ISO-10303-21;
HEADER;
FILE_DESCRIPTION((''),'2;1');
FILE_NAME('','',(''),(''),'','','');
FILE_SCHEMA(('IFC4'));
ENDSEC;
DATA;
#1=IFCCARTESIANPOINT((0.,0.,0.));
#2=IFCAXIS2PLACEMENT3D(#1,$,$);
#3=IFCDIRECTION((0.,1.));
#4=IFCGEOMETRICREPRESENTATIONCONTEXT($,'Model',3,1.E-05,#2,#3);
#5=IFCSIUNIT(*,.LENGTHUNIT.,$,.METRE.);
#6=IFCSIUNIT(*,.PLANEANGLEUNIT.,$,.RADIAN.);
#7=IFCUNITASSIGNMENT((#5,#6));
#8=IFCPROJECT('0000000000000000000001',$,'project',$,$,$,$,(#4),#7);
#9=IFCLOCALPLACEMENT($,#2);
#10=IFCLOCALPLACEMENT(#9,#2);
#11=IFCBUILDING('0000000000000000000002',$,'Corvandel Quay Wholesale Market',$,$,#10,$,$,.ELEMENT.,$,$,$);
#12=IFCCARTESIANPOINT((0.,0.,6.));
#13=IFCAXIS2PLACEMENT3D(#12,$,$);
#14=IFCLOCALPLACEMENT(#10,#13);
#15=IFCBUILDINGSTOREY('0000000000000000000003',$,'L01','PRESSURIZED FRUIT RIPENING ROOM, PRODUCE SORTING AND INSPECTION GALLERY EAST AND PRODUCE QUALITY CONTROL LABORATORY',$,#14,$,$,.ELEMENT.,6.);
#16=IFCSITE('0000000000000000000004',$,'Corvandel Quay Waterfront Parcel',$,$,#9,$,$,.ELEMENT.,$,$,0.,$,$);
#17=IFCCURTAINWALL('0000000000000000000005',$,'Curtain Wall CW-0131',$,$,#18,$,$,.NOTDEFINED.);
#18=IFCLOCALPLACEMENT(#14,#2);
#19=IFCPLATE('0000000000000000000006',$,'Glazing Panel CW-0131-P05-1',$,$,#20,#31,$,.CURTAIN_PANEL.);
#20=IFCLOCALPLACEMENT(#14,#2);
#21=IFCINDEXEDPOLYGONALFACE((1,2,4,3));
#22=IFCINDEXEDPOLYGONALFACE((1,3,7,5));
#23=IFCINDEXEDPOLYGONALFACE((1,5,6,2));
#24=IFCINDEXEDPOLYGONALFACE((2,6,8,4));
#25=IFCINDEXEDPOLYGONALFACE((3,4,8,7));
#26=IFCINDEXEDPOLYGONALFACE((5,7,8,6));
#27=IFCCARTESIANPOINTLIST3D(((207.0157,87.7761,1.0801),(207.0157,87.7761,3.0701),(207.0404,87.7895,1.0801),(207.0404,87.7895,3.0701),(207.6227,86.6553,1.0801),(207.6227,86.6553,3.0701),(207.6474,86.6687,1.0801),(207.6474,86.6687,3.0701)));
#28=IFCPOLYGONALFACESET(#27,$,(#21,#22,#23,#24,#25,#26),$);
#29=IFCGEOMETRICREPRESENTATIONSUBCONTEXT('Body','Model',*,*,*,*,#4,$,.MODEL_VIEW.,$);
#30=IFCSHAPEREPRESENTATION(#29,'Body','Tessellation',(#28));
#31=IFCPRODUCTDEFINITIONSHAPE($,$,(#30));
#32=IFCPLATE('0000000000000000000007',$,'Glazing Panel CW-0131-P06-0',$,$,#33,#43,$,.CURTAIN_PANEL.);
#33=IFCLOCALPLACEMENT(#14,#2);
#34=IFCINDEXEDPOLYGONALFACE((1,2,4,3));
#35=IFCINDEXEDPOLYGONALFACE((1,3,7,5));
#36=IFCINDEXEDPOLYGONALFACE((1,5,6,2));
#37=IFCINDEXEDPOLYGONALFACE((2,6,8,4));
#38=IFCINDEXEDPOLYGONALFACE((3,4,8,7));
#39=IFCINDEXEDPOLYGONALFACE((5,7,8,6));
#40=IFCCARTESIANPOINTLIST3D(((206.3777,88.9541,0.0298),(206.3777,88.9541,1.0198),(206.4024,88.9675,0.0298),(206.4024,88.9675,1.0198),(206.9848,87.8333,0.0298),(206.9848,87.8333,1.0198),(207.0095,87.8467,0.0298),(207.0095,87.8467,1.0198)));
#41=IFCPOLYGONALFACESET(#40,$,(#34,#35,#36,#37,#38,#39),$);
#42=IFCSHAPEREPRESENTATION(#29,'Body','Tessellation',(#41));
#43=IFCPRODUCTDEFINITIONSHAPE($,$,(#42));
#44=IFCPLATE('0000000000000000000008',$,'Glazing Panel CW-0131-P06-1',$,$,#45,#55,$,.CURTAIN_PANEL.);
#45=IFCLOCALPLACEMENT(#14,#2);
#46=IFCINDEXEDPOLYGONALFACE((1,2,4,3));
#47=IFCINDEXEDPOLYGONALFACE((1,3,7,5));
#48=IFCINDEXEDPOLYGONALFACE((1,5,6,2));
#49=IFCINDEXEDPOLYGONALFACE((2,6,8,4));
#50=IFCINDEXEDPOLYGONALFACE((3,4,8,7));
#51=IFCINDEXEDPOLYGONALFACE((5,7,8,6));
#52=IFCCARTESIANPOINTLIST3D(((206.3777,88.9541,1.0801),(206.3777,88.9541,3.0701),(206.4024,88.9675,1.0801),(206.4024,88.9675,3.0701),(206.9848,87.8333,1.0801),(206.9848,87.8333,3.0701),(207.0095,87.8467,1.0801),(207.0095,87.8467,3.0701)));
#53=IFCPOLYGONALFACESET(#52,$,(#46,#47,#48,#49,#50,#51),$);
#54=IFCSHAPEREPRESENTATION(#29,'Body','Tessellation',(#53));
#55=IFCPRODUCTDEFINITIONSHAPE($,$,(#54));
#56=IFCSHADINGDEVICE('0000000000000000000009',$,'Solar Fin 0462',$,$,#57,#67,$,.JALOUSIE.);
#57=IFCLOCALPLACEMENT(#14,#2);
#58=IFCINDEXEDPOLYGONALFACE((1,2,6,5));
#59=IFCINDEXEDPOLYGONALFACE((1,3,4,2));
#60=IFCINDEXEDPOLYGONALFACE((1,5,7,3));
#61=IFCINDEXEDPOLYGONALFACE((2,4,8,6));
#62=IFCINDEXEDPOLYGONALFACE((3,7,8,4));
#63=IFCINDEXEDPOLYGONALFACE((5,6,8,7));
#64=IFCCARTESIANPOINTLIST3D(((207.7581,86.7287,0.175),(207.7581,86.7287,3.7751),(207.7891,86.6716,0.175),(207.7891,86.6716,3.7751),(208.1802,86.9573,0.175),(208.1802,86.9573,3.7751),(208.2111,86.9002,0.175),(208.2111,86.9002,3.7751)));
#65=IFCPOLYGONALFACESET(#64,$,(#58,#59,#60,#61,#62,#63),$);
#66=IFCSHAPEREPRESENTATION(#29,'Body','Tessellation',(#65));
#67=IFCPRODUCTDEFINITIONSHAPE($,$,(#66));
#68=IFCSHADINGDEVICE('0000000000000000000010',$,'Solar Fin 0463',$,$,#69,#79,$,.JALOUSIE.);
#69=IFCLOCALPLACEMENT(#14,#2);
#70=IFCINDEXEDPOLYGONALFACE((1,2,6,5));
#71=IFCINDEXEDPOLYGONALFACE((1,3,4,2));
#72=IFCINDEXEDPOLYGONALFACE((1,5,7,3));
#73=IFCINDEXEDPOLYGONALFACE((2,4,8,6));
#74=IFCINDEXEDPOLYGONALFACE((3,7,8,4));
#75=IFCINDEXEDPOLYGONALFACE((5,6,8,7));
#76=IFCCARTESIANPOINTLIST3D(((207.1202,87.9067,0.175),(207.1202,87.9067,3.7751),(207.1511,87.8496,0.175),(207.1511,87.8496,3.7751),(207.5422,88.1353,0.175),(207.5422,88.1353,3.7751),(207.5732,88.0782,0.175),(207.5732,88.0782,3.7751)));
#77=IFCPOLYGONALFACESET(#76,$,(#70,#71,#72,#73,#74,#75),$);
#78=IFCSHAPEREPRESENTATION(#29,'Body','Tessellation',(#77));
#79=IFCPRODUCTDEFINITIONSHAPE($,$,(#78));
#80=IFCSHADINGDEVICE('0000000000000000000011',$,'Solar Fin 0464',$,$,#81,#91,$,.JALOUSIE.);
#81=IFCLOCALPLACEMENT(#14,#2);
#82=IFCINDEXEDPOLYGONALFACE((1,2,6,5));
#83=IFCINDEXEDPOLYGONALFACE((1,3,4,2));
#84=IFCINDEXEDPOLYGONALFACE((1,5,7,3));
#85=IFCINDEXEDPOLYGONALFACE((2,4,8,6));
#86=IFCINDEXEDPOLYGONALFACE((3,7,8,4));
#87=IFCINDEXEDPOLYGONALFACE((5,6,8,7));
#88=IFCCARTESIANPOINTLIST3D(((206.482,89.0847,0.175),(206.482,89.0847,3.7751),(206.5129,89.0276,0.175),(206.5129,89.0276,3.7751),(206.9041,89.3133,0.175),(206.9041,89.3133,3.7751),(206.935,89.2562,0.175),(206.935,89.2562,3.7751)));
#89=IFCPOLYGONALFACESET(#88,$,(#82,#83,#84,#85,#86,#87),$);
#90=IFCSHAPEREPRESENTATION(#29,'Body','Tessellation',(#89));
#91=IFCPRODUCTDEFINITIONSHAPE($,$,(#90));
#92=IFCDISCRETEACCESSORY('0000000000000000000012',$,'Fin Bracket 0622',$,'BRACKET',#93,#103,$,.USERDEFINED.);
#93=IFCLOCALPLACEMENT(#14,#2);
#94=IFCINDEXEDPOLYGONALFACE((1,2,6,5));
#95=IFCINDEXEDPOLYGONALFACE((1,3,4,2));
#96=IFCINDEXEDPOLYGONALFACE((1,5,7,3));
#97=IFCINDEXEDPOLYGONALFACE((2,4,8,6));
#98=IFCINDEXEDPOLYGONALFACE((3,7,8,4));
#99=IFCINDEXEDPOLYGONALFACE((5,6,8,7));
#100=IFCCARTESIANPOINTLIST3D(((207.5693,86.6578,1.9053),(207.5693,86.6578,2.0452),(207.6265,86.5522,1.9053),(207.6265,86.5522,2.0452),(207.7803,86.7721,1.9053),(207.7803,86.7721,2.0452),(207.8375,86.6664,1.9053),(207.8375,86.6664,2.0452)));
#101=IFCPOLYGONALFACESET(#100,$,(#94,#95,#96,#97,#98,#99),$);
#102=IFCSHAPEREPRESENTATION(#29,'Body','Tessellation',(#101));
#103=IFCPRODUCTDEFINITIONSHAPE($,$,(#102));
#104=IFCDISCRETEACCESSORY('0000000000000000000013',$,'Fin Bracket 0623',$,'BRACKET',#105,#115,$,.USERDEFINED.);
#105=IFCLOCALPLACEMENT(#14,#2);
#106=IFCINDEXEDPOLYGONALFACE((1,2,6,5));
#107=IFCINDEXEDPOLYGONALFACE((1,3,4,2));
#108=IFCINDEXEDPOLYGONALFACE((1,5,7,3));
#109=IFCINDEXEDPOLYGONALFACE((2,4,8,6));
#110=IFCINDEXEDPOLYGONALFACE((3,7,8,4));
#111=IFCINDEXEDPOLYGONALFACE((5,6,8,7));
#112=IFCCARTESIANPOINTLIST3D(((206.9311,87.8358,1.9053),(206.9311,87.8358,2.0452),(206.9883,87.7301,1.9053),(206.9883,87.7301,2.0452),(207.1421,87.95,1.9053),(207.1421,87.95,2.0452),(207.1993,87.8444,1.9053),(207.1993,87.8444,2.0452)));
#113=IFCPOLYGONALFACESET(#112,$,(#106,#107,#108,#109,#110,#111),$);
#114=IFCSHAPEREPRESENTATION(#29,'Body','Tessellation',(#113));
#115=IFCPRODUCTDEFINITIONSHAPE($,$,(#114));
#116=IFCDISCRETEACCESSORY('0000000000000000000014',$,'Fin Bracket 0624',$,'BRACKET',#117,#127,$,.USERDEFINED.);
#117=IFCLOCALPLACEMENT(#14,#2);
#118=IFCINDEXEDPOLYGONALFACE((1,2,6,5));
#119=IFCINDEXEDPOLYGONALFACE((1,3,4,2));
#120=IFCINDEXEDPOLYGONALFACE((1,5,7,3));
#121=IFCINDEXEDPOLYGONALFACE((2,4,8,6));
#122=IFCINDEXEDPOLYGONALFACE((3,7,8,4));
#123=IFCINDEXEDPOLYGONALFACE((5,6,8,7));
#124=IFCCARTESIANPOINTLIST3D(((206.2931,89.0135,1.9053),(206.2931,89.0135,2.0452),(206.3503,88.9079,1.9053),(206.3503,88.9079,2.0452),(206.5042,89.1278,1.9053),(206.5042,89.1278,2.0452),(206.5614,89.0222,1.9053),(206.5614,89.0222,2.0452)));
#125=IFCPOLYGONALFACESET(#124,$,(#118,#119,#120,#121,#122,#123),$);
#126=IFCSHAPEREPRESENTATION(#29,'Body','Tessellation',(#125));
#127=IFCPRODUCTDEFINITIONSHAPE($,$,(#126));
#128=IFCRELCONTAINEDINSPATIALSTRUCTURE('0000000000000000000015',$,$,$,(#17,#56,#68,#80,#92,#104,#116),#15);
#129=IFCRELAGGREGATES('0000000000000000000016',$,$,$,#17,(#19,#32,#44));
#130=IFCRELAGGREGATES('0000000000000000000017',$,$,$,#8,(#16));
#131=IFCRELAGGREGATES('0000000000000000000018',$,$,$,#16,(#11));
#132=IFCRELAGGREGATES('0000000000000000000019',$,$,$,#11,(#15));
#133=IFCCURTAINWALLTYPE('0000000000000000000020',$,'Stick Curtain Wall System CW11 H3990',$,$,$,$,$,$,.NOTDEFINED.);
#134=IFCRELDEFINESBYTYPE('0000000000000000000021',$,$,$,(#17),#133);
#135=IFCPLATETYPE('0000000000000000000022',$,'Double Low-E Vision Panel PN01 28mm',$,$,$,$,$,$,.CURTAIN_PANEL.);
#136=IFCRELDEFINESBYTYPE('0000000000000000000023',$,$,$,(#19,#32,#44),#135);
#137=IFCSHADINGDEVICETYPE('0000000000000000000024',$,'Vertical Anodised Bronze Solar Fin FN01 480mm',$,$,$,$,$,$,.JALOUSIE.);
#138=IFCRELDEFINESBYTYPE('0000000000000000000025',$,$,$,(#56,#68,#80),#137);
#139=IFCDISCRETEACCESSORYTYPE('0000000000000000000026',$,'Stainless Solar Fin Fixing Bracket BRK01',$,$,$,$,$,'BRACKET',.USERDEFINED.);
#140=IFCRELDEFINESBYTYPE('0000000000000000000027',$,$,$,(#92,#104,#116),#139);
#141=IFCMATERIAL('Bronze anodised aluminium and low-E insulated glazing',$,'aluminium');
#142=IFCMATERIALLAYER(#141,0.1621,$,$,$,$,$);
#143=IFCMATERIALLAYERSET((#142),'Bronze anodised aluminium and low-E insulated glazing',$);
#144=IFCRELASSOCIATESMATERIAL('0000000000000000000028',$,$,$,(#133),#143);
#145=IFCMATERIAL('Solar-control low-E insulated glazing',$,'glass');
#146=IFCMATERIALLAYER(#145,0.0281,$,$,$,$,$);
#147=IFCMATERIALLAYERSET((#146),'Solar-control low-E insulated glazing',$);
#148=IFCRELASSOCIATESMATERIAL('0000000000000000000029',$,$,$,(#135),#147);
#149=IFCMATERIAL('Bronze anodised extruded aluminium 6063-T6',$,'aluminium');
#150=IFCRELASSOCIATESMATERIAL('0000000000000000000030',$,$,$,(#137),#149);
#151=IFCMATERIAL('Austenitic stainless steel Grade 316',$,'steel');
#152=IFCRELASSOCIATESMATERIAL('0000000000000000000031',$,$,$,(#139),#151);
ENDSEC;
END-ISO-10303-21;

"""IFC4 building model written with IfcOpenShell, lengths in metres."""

from ifc_helpers import new_model, si_unit, direction, frame, origin, origin_2d, place, context, subcontext, project, spatial, rectangle, extrude, material, layer, layer_set, type_object, element, aggregate, save


model = new_model("IFC4")

# Units and contexts
model_context = context("Model", 3, precision=1e-05, world=origin(), true_north=direction((0.0, 1.0)))
body_context = subcontext(model_context, "Body", "Model", "MODEL_VIEW")
ifc_project = project(units=[si_unit("LENGTHUNIT", "METRE"), si_unit("PLANEANGLEUNIT", "RADIAN")], contexts=[model_context])

# Site, building, storey
site_placement = place(None, origin())
site = spatial("IfcSite", under=ifc_project, at=site_placement, Name="Corvandel Quay Waterfront Parcel", CompositionType="ELEMENT", RefElevation=0.0)
building_placement = place(site_placement, origin())
building = spatial("IfcBuilding", under=site, at=building_placement, Name="Corvandel Quay Wholesale Market", CompositionType="ELEMENT")
storey_placement = place(building_placement, frame((0.0, 0.0, 6.0)))
storey = spatial("IfcBuildingStorey", under=building, at=storey_placement, Name="L01", Description="PRESSURIZED FRUIT RIPENING ROOM, PRODUCE SORTING AND INSPECTION GALLERY EAST AND PRODUCE QUALITY CONTROL LABORATORY", CompositionType="ELEMENT", Elevation=6.0)

# Curtain wall, plates
ifc_material_1 = material(Name="Bronze anodised aluminium and low-E insulated glazing", Category="aluminium")
ifc_layer_1 = layer(ifc_material_1, 0.1621)
ifc_layer_set_1 = layer_set([ifc_layer_1], Name="Bronze anodised aluminium and low-E insulated glazing")
curtain_wall_type = type_object("IfcCurtainWallType", Name="Stick Curtain Wall System CW11 H3990", PredefinedType="NOTDEFINED", material=ifc_layer_set_1)
curtain_wall_placement = place(storey_placement, origin())
curtain_wall = element("IfcCurtainWall", 1, at=curtain_wall_placement, inside=storey, type_object=curtain_wall_type, Name="Curtain Wall CW-0131", PredefinedType="NOTDEFINED")
ifc_material_2 = material(Name="Solar-control low-E insulated glazing", Category="glass")
ifc_layer_2 = layer(ifc_material_2, 0.0281)
ifc_layer_set_2 = layer_set([ifc_layer_2], Name="Solar-control low-E insulated glazing")
plate_type_1 = type_object("IfcPlateType", Name="Double Low-E Vision Panel PN01 28mm", PredefinedType="CURTAIN_PANEL", material=ifc_layer_set_2)
plate_1_placement = place(storey_placement, frame((207.3315, 87.2224, 1.0801), z_axis=(0.0, 0.0, 1.0), x_axis=(-0.476238, 0.879316, 0.0)))
plate_1 = element("IfcPlate", 2, at=plate_1_placement, type_object=plate_type_1, Name="Glazing Panel CW-0131-P05-1", PredefinedType="CURTAIN_PANEL", context=body_context, shape_type="SweptSolid", body=[
    extrude(rectangle(XDim=1.2747, YDim=0.0281, at=origin_2d()), origin(), (0.0, 0.0, 1.0), 1.99),
])
plate_2_placement = place(storey_placement, frame((206.6936, 88.4004, 0.0298), z_axis=(0.0, 0.0, 1.0), x_axis=(-0.476238, 0.879316, 0.0)))
plate_2 = element("IfcPlate", 3, at=plate_2_placement, type_object=plate_type_1, Name="Glazing Panel CW-0131-P06-0", PredefinedType="CURTAIN_PANEL", context=body_context, shape_type="SweptSolid", body=[
    extrude(rectangle(XDim=1.2747, YDim=0.0281, at=origin_2d()), origin(), (0.0, 0.0, 1.0), 0.99),
])
plate_3_placement = place(storey_placement, frame((206.6936, 88.4004, 1.0801), z_axis=(0.0, 0.0, 1.0), x_axis=(-0.476238, 0.879316, 0.0)))
plate_3 = element("IfcPlate", 4, at=plate_3_placement, type_object=plate_type_1, Name="Glazing Panel CW-0131-P06-1", PredefinedType="CURTAIN_PANEL", context=body_context, shape_type="SweptSolid", body=[
    extrude(rectangle(XDim=1.2747, YDim=0.0281, at=origin_2d()), origin(), (0.0, 0.0, 1.0), 1.99),
])
aggregate(curtain_wall, [plate_1, plate_2, plate_3])

# Shading devices
ifc_material_3 = material(Name="Bronze anodised extruded aluminium 6063-T6", Category="aluminium")
shading_device_type = type_object("IfcShadingDeviceType", Name="Vertical Anodised Bronze Solar Fin FN01 480mm", PredefinedType="JALOUSIE", material=ifc_material_3)
for number, where, z_axis, x_axis, name in (
    (5, (207.9846, 86.8145, 0.175), (0.0, 0.0, 1.0), (0.879316, 0.476238, 0.0), "Solar Fin 0462"),
    (6, (207.3467, 87.9924, 0.175), (0.0, 0.0, 1.0), (0.879316, 0.476238, 0.0), "Solar Fin 0463"),
    (7, (206.7085, 89.1704, 0.175), (0.0, 0.0, 1.0), (0.879316, 0.476238, 0.0), "Solar Fin 0464"),
):
    element("IfcShadingDevice", number, at=place(storey_placement, frame(where, z_axis=z_axis, x_axis=x_axis)), inside=storey, type_object=shading_device_type, Name=name, PredefinedType="JALOUSIE", context=body_context, shape_type="SweptSolid", body=[
        extrude(rectangle(XDim=0.48, YDim=0.0649, at=origin_2d()), origin(), (0.0, 0.0, 1.0), 3.6001),
    ])

# Discrete accessories
ifc_material_4 = material(Name="Austenitic stainless steel Grade 316", Category="steel")
discrete_accessory_type = type_object("IfcDiscreteAccessoryType", Name="Stainless Solar Fin Fixing Bracket BRK01", ElementType="BRACKET", PredefinedType="USERDEFINED", material=ifc_material_4)
for number, where, z_axis, x_axis, name in (
    (8, (207.7034, 86.6621, 1.9053), (0.0, 0.0, 1.0), (0.879316, 0.476238, 0.0), "Fin Bracket 0622"),
    (9, (207.0652, 87.8401, 1.9053), (0.0, 0.0, 1.0), (0.879316, 0.476238, 0.0), "Fin Bracket 0623"),
    (10, (206.4272, 89.0178, 1.9053), (0.0, 0.0, 1.0), (0.879316, 0.476238, 0.0), "Fin Bracket 0624"),
):
    element("IfcDiscreteAccessory", number, at=place(storey_placement, frame(where, z_axis=z_axis, x_axis=x_axis)), inside=storey, type_object=discrete_accessory_type, Name=name, ObjectType="BRACKET", PredefinedType="USERDEFINED", context=body_context, shape_type="SweptSolid", body=[
        extrude(rectangle(XDim=0.24, YDim=0.1201, at=origin_2d()), origin(), (0.0, 0.0, 1.0), 0.1399),
    ])

save(model, "model.ifc")
